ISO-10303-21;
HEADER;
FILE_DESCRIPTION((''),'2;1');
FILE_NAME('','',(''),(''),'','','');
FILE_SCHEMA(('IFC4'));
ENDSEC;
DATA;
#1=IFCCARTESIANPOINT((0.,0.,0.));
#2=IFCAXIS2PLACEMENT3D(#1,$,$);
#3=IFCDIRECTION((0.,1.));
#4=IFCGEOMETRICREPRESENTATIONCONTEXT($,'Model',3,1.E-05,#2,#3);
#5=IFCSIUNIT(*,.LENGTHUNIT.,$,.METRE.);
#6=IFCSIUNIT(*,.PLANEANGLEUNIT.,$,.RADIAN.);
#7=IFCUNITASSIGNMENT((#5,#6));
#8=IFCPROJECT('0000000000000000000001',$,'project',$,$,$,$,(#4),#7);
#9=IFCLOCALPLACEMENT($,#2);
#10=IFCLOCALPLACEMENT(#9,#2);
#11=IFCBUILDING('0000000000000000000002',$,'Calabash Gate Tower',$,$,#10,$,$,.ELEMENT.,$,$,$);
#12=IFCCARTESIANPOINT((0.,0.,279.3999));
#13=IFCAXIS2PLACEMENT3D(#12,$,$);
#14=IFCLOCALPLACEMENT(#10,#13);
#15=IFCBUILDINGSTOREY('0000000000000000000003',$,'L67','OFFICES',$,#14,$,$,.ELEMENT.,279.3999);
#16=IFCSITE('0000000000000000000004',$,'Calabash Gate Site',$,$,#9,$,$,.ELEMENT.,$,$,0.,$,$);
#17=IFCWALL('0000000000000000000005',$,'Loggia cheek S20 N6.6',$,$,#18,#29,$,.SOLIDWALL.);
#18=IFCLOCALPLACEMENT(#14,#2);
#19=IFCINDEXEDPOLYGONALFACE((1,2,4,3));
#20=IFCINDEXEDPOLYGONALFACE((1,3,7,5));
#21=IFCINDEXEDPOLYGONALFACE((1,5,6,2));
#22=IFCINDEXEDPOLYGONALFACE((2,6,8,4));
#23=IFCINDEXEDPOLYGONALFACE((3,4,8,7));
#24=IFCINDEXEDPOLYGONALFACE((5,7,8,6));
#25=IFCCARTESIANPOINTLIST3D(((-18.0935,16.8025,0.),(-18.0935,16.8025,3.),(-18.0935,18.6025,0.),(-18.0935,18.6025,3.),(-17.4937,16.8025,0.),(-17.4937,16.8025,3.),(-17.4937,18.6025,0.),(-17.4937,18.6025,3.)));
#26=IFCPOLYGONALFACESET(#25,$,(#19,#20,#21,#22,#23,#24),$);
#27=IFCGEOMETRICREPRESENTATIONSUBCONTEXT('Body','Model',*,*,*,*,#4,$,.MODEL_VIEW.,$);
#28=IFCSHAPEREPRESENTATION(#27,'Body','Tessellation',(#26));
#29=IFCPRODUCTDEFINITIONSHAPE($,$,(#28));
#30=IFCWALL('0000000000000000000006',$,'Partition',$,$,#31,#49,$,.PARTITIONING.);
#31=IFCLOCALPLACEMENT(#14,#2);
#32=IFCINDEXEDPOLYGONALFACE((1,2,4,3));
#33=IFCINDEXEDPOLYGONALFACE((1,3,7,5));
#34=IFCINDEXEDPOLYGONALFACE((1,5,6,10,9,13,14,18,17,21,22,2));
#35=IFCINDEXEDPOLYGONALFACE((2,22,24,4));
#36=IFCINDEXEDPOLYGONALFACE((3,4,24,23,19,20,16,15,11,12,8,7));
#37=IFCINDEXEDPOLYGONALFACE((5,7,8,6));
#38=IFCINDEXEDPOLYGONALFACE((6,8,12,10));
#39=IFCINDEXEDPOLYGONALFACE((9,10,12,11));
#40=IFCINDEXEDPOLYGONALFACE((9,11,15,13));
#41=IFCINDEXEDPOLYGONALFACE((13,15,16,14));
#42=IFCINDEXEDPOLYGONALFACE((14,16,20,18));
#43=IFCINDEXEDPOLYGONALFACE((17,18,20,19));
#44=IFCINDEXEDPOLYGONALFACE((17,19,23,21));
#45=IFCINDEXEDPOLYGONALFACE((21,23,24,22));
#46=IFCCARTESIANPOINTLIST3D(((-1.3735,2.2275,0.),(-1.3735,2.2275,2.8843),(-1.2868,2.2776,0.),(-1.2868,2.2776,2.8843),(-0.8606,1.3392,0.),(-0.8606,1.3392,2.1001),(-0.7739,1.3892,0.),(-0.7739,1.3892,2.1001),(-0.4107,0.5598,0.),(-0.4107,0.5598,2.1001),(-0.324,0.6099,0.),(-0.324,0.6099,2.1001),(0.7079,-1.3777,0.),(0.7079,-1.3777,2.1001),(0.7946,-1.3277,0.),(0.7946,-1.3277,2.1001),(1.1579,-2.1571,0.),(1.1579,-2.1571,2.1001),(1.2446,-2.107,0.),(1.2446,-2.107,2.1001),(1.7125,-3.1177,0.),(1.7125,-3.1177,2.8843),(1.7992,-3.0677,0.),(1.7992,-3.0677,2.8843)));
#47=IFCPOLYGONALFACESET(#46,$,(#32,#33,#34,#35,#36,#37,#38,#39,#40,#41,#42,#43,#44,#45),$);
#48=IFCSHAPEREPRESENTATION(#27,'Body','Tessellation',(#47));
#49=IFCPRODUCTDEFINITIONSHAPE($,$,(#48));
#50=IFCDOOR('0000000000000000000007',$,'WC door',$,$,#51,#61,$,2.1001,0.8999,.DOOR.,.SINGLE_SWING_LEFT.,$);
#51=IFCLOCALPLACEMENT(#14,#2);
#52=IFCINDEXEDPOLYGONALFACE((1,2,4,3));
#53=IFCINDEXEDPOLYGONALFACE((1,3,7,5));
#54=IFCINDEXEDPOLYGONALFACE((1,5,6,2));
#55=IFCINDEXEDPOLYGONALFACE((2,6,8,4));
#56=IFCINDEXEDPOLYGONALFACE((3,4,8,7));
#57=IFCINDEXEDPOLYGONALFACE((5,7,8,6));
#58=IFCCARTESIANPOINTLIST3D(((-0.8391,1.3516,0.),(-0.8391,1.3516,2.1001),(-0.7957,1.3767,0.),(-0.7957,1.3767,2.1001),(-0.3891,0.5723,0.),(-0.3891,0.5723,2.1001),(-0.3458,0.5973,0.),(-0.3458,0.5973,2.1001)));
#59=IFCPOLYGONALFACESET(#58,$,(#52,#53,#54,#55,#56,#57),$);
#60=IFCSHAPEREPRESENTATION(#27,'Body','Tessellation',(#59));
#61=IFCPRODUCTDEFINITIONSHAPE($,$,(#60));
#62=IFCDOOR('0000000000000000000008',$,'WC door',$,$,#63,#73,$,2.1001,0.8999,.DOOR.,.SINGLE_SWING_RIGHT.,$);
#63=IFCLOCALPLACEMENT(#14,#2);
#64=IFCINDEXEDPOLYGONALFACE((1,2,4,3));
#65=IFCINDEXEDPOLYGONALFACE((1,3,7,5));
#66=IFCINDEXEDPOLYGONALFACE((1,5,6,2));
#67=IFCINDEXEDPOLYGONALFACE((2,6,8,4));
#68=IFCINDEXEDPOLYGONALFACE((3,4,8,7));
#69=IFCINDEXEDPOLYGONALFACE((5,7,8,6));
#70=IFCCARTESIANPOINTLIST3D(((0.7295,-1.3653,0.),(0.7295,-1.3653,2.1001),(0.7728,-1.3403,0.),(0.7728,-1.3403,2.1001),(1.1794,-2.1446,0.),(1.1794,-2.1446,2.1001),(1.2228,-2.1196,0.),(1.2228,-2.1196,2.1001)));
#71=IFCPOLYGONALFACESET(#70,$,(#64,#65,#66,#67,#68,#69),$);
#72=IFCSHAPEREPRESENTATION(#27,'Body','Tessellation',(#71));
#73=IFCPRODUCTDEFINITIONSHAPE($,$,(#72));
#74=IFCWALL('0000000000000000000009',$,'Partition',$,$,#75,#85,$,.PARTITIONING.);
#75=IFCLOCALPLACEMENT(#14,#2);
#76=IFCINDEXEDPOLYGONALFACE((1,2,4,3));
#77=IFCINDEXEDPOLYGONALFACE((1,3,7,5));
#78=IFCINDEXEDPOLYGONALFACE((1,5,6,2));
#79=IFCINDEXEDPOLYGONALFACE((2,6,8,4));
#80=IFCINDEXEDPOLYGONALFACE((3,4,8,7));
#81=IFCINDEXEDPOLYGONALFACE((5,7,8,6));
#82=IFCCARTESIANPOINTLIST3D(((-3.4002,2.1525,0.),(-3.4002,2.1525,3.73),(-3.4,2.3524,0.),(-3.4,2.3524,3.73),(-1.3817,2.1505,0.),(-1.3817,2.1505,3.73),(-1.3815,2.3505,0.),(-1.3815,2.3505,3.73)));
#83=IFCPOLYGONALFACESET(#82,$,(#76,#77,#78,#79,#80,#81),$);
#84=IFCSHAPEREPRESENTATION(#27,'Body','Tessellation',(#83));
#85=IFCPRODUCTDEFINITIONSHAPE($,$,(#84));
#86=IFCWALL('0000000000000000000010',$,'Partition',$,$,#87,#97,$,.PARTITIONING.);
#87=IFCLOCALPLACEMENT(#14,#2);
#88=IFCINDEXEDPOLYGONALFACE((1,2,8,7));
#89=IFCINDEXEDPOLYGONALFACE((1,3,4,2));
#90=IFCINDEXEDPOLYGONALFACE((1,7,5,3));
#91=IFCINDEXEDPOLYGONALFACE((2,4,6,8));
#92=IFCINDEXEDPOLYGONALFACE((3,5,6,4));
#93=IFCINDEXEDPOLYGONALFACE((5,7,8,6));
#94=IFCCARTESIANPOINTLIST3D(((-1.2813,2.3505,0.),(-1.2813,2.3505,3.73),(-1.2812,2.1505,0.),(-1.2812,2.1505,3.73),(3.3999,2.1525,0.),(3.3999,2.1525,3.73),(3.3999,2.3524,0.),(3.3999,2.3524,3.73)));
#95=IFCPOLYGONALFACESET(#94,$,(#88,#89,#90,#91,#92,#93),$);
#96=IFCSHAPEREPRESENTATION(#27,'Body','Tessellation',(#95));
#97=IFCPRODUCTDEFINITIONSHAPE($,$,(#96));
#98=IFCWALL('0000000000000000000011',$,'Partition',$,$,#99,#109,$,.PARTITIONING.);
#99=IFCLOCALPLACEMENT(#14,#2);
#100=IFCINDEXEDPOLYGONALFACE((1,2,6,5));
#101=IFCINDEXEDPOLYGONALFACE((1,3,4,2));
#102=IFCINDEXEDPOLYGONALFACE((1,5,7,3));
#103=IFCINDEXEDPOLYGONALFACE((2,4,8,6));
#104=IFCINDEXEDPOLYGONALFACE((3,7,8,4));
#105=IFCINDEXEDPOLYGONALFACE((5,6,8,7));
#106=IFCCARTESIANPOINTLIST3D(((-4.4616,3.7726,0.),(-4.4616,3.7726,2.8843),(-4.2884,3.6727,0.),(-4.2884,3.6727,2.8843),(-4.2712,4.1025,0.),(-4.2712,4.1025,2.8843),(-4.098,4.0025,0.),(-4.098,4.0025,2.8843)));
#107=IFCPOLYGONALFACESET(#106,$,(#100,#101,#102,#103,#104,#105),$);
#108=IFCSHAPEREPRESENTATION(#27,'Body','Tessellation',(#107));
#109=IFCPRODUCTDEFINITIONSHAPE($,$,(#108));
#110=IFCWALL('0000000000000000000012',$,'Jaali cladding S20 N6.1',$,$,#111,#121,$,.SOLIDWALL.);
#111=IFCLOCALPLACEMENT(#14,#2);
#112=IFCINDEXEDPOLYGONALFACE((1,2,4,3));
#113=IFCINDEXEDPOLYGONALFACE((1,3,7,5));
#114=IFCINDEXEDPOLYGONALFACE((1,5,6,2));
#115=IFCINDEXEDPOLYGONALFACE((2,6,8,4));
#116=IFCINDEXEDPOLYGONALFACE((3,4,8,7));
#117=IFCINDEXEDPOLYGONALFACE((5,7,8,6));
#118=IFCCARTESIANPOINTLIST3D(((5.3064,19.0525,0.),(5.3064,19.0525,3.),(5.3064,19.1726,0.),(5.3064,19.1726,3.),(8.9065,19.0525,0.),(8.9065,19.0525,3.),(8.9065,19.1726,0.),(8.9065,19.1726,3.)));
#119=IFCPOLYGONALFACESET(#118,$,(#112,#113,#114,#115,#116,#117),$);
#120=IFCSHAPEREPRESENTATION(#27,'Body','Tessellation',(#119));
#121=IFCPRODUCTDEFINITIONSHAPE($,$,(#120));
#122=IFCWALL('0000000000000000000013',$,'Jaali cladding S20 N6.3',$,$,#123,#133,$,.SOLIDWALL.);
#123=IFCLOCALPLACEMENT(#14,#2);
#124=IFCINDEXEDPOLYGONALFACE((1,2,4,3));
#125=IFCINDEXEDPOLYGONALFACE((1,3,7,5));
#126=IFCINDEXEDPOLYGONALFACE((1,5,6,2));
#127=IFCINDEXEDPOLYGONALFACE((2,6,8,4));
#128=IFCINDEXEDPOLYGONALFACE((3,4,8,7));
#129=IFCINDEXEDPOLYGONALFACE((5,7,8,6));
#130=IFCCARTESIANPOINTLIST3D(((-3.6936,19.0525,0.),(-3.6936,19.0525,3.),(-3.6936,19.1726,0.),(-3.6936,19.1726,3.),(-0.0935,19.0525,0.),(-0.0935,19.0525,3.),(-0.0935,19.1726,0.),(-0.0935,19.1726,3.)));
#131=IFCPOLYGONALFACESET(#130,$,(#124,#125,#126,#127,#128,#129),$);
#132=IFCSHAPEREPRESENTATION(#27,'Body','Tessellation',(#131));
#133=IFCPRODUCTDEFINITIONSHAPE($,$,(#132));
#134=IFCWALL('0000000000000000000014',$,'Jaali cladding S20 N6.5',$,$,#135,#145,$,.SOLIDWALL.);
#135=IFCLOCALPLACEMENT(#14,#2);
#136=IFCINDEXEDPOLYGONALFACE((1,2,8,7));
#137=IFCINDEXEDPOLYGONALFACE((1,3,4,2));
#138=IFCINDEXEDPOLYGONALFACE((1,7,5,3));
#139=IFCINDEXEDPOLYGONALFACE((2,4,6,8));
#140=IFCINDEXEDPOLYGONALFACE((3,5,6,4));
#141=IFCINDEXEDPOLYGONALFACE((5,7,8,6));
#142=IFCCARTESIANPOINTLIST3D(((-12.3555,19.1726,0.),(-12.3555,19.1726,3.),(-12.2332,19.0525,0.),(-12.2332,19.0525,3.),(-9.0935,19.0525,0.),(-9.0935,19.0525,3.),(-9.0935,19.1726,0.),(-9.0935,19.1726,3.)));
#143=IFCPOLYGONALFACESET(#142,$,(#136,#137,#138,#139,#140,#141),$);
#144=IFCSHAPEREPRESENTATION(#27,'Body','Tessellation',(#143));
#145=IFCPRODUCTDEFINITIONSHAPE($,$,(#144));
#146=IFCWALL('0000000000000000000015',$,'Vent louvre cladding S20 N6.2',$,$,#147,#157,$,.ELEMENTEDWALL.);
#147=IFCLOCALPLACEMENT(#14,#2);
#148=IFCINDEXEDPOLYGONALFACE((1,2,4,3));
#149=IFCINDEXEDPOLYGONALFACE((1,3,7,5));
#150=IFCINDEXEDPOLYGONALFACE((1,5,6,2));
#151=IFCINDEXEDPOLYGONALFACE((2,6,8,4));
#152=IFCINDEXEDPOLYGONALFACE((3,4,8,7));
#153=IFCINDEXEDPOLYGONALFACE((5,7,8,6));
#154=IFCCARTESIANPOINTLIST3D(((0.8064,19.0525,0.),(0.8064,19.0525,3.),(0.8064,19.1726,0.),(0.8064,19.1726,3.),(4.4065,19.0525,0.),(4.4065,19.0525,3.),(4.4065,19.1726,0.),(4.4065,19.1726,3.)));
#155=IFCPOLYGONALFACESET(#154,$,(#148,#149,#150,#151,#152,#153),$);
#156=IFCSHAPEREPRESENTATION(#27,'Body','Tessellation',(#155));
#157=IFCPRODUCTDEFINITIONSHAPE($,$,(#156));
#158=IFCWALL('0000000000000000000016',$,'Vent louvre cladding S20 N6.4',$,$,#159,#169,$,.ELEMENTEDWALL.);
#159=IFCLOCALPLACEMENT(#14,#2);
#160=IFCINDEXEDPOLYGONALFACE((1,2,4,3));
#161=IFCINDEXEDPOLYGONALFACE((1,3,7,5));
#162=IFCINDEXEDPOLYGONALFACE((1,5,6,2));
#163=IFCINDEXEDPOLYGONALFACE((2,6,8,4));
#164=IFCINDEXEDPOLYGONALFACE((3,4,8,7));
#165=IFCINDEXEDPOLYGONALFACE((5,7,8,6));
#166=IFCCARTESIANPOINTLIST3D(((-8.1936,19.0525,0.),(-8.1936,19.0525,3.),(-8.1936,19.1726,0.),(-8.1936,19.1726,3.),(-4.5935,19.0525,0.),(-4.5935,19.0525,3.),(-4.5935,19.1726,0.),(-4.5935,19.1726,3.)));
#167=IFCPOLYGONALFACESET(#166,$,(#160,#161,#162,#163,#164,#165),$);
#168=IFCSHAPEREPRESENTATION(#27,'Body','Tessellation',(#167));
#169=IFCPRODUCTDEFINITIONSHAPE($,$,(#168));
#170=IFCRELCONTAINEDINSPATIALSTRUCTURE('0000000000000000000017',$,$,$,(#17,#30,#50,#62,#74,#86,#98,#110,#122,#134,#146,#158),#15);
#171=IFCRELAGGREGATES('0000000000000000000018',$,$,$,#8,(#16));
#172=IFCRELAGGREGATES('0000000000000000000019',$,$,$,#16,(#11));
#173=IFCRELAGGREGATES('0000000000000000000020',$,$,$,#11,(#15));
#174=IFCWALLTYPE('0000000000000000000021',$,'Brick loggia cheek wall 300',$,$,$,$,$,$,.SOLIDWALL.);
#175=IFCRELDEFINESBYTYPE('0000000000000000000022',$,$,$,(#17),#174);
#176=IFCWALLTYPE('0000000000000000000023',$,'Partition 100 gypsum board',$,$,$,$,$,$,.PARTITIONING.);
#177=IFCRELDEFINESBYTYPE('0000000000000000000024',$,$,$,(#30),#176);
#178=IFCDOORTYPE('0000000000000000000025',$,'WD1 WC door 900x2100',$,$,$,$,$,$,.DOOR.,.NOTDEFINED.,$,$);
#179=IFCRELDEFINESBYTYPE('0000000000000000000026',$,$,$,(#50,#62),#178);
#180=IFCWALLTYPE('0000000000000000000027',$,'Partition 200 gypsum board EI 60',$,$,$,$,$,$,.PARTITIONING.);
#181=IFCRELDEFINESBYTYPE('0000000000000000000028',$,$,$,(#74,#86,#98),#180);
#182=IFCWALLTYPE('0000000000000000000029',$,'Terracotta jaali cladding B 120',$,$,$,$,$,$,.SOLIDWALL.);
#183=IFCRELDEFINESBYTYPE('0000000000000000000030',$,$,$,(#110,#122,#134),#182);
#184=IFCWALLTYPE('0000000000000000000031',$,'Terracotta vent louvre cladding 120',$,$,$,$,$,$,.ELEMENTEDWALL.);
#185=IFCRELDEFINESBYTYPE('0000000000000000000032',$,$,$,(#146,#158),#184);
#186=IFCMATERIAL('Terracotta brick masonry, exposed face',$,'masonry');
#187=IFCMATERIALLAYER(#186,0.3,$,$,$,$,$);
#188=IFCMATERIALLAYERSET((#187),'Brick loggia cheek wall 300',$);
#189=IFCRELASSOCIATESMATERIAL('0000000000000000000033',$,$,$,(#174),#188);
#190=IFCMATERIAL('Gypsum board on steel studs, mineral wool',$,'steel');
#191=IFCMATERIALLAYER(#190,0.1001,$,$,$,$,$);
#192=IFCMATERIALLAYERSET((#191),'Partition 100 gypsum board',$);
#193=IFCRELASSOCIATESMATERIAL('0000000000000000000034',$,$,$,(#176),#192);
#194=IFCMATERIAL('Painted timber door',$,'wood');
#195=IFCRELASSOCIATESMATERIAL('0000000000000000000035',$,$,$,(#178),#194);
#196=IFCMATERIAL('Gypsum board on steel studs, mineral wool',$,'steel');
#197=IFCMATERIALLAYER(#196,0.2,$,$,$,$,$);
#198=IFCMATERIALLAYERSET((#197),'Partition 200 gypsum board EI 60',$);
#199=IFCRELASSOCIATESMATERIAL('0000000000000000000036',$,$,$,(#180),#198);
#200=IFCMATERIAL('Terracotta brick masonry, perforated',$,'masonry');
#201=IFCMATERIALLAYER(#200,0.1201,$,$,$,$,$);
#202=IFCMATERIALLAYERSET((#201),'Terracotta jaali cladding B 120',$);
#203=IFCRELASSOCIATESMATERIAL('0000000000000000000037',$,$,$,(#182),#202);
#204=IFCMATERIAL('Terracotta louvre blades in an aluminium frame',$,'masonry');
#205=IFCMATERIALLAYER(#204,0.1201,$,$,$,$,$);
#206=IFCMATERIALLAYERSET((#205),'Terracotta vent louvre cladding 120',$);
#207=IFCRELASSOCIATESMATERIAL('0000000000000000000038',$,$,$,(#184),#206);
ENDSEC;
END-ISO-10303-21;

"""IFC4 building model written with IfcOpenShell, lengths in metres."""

from ifc_helpers import new_model, si_unit, direction, frame, frame_2d, origin, place, context, subcontext, project, spatial, polyline, rectangle, outline, extrude, material, layer, layer_set, type_object, element, fill, save


model = new_model("IFC4")

# Units and contexts
model_context = context("Model", 3, precision=1e-05, world=origin(), true_north=direction((0.0, 1.0)))
body_context = subcontext(model_context, "Body", "Model", "MODEL_VIEW")
ifc_project = project(units=[si_unit("LENGTHUNIT", "METRE"), si_unit("PLANEANGLEUNIT", "RADIAN")], contexts=[model_context])

# Site, building, storey
site_placement = place(None, origin())
site = spatial("IfcSite", under=ifc_project, at=site_placement, Name="Calabash Gate Site", CompositionType="ELEMENT", RefElevation=0.0)
building_placement = place(site_placement, origin())
building = spatial("IfcBuilding", under=site, at=building_placement, Name="Calabash Gate Tower", CompositionType="ELEMENT")
storey_placement = place(building_placement, frame((0.0, 0.0, 279.3999)))
storey = spatial("IfcBuildingStorey", under=building, at=storey_placement, Name="L67", Description="OFFICES", CompositionType="ELEMENT", Elevation=279.3999)

# Wall
ifc_material_1 = material(Name="Terracotta brick masonry, exposed face", Category="masonry")
ifc_layer_1 = layer(ifc_material_1, 0.3)
ifc_layer_set_1 = layer_set([ifc_layer_1], Name="Brick loggia cheek wall 300")
wall_type_1 = type_object("IfcWallType", Name="Brick loggia cheek wall 300", PredefinedType="SOLIDWALL", material=ifc_layer_set_1)
wall_1_placement = place(storey_placement, origin())
element("IfcWall", 1, at=wall_1_placement, inside=storey, type_object=wall_type_1, Name="Loggia cheek S20 N6.6", PredefinedType="SOLIDWALL", context=body_context, shape_type="SweptSolid", body=[
    extrude(outline(polyline([(-18.0935, 18.6025), (-18.0935, 16.8025), (-17.4937, 16.8025), (-17.4937, 18.6025), (-18.0935, 18.6025)])), origin(), (0.0, 0.0, 1.0), 3.0),
])

# Wall, openings, doors
ifc_material_2 = material(Name="Gypsum board on steel studs, mineral wool", Category="steel")
ifc_layer_2 = layer(ifc_material_2, 0.1001)
ifc_layer_set_2 = layer_set([ifc_layer_2], Name="Partition 100 gypsum board")
wall_type_2 = type_object("IfcWallType", Name="Partition 100 gypsum board", PredefinedType="PARTITIONING", material=ifc_layer_set_2)
wall_2_placement = place(storey_placement, frame((-1.3301, 2.2524, 0.0), z_axis=(0.0, 0.0, 1.0), x_axis=(0.499985, -0.866034, 0.0)))
wall_2 = element("IfcWall", 2, at=wall_2_placement, inside=storey, type_object=wall_type_2, Name="Partition", PredefinedType="PARTITIONING", context=body_context, shape_type="SweptSolid", body=[
    extrude(rectangle(XDim=6.1721, YDim=0.1001, at=frame_2d((3.0859, 0.0))), origin(), (0.0, 0.0, 1.0), 2.8843),
])
opening_1_placement = place(wall_2_placement, frame((1.0256, 0.0, 0.0)))
opening_1 = element("IfcOpeningElement", 3, at=opening_1_placement, cuts=wall_2, PredefinedType="OPENING", context=body_context, shape_type="SweptSolid", body=[
    extrude(rectangle(XDim=0.8999, YDim=2.1001, at=frame_2d((0.45, 1.05))), frame((0.0, 0.0601, 0.0), z_axis=(0.0, -1.0, 0.0), x_axis=(1.0, 0.0, 0.0)), (0.0, 0.0, 1.0), 0.1201),
])
opening_2_placement = place(wall_2_placement, frame((4.1628, 0.0, 0.0)))
opening_2 = element("IfcOpeningElement", 4, at=opening_2_placement, cuts=wall_2, PredefinedType="OPENING", context=body_context, shape_type="SweptSolid", body=[
    extrude(rectangle(XDim=0.8999, YDim=2.1001, at=frame_2d((0.45, 1.05))), frame((0.0, 0.0601, 0.0), z_axis=(0.0, -1.0, 0.0), x_axis=(1.0, 0.0, 0.0)), (0.0, 0.0, 1.0), 0.1201),
])
ifc_material_3 = material(Name="Painted timber door", Category="wood")
door_type = type_object("IfcDoorType", Name="WD1 WC door 900x2100", OperationType="NOTDEFINED", PredefinedType="DOOR", material=ifc_material_3)
door_1_placement = place(opening_1_placement, origin())
door_1 = element("IfcDoor", 5, at=door_1_placement, inside=storey, type_object=door_type, Name="WC door", OperationType="SINGLE_SWING_LEFT", OverallHeight=2.1001, OverallWidth=0.8999, PredefinedType="DOOR", context=body_context, shape_type="SweptSolid", body=[
    extrude(rectangle(XDim=0.8999, YDim=2.1001, at=frame_2d((0.45, 1.05))), frame((0.0, 0.0249, 0.0), z_axis=(0.0, -1.0, 0.0), x_axis=(1.0, 0.0, 0.0)), (0.0, 0.0, 1.0), 0.05),
])
fill(opening_1, door_1)
door_2_placement = place(opening_2_placement, origin())
door_2 = element("IfcDoor", 6, at=door_2_placement, inside=storey, type_object=door_type, Name="WC door", OperationType="SINGLE_SWING_RIGHT", OverallHeight=2.1001, OverallWidth=0.8999, PredefinedType="DOOR", context=body_context, shape_type="SweptSolid", body=[
    extrude(rectangle(XDim=0.8999, YDim=2.1001, at=frame_2d((0.45, 1.05))), frame((0.0, 0.0249, 0.0), z_axis=(0.0, -1.0, 0.0), x_axis=(1.0, 0.0, 0.0)), (0.0, 0.0, 1.0), 0.05),
])
fill(opening_2, door_2)

# Walls
ifc_material_4 = material(Name="Gypsum board on steel studs, mineral wool", Category="steel")
ifc_layer_3 = layer(ifc_material_4, 0.2)
ifc_layer_set_3 = layer_set([ifc_layer_3], Name="Partition 200 gypsum board EI 60")
wall_type_3 = type_object("IfcWallType", Name="Partition 200 gypsum board EI 60", PredefinedType="PARTITIONING", material=ifc_layer_set_3)
wall_3_placement = place(storey_placement, frame((-3.4001, 2.2524, 0.0), z_axis=(0.0, 0.0, 1.0), x_axis=(1.0, -0.000968, 0.0)))
element("IfcWall", 7, at=wall_3_placement, inside=storey, type_object=wall_type_3, Name="Partition", PredefinedType="PARTITIONING", context=body_context, shape_type="SweptSolid", body=[
    extrude(rectangle(XDim=2.0186, YDim=0.2, at=frame_2d((1.0093, 0.0))), origin(), (0.0, 0.0, 1.0), 3.73),
])
wall_4_placement = place(storey_placement, frame((-1.2812, 2.2505, 0.0), z_axis=(0.0, 0.0, 1.0), x_axis=(1.0, 0.000417, 0.0)))
element("IfcWall", 8, at=wall_4_placement, inside=storey, type_object=wall_type_3, Name="Partition", PredefinedType="PARTITIONING", context=body_context, shape_type="SweptSolid", body=[
    extrude(rectangle(XDim=4.6812, YDim=0.2, at=frame_2d((2.3406, 0.0))), origin(), (0.0, 0.0, 1.0), 3.73),
])
wall_5_placement = place(storey_placement, frame((-4.375, 3.7227, 0.0), z_axis=(0.0, 0.0, 1.0), x_axis=(0.5, 0.866025, 0.0)))
element("IfcWall", 9, at=wall_5_placement, inside=storey, type_object=wall_type_3, Name="Partition", PredefinedType="PARTITIONING", context=body_context, shape_type="SweptSolid", body=[
    extrude(rectangle(XDim=0.3809, YDim=0.2, at=frame_2d((0.1904, 0.0))), origin(), (0.0, 0.0, 1.0), 2.8843),
])
ifc_material_5 = material(Name="Terracotta brick masonry, perforated", Category="masonry")
ifc_layer_4 = layer(ifc_material_5, 0.1201)
ifc_layer_set_4 = layer_set([ifc_layer_4], Name="Terracotta jaali cladding B 120")
wall_type_4 = type_object("IfcWallType", Name="Terracotta jaali cladding B 120", PredefinedType="SOLIDWALL", material=ifc_layer_set_4)
wall_6_placement = place(storey_placement, origin())
element("IfcWall", 10, at=wall_6_placement, inside=storey, type_object=wall_type_4, Name="Jaali cladding S20 N6.1", PredefinedType="SOLIDWALL", context=body_context, shape_type="SweptSolid", body=[
    extrude(outline(polyline([(5.3064, 19.1726), (5.3064, 19.0525), (8.9065, 19.0525), (8.9065, 19.1726), (5.3064, 19.1726)])), origin(), (0.0, 0.0, 1.0), 3.0),
])
wall_7_placement = place(storey_placement, origin())
element("IfcWall", 11, at=wall_7_placement, inside=storey, type_object=wall_type_4, Name="Jaali cladding S20 N6.3", PredefinedType="SOLIDWALL", context=body_context, shape_type="SweptSolid", body=[
    extrude(outline(polyline([(-3.6936, 19.1726), (-3.6936, 19.0525), (-0.0935, 19.0525), (-0.0935, 19.1726), (-3.6936, 19.1726)])), origin(), (0.0, 0.0, 1.0), 3.0),
])
wall_8_placement = place(storey_placement, origin())
element("IfcWall", 12, at=wall_8_placement, inside=storey, type_object=wall_type_4, Name="Jaali cladding S20 N6.5", PredefinedType="SOLIDWALL", context=body_context, shape_type="SweptSolid", body=[
    extrude(outline(polyline([(-12.2332, 19.0525), (-9.0935, 19.0525), (-9.0935, 19.1726), (-12.3555, 19.1726), (-12.2332, 19.0525)])), origin(), (0.0, 0.0, 1.0), 3.0),
])
ifc_material_6 = material(Name="Terracotta louvre blades in an aluminium frame", Category="masonry")
ifc_layer_5 = layer(ifc_material_6, 0.1201)
ifc_layer_set_5 = layer_set([ifc_layer_5], Name="Terracotta vent louvre cladding 120")
wall_type_5 = type_object("IfcWallType", Name="Terracotta vent louvre cladding 120", PredefinedType="ELEMENTEDWALL", material=ifc_layer_set_5)
wall_9_placement = place(storey_placement, origin())
element("IfcWall", 13, at=wall_9_placement, inside=storey, type_object=wall_type_5, Name="Vent louvre cladding S20 N6.2", PredefinedType="ELEMENTEDWALL", context=body_context, shape_type="SweptSolid", body=[
    extrude(outline(polyline([(0.8064, 19.1726), (0.8064, 19.0525), (4.4065, 19.0525), (4.4065, 19.1726), (0.8064, 19.1726)])), origin(), (0.0, 0.0, 1.0), 3.0),
])
wall_10_placement = place(storey_placement, origin())
element("IfcWall", 14, at=wall_10_placement, inside=storey, type_object=wall_type_5, Name="Vent louvre cladding S20 N6.4", PredefinedType="ELEMENTEDWALL", context=body_context, shape_type="SweptSolid", body=[
    extrude(outline(polyline([(-8.1936, 19.1726), (-8.1936, 19.0525), (-4.5935, 19.0525), (-4.5935, 19.1726), (-8.1936, 19.1726)])), origin(), (0.0, 0.0, 1.0), 3.0),
])

save(model, "model.ifc")
